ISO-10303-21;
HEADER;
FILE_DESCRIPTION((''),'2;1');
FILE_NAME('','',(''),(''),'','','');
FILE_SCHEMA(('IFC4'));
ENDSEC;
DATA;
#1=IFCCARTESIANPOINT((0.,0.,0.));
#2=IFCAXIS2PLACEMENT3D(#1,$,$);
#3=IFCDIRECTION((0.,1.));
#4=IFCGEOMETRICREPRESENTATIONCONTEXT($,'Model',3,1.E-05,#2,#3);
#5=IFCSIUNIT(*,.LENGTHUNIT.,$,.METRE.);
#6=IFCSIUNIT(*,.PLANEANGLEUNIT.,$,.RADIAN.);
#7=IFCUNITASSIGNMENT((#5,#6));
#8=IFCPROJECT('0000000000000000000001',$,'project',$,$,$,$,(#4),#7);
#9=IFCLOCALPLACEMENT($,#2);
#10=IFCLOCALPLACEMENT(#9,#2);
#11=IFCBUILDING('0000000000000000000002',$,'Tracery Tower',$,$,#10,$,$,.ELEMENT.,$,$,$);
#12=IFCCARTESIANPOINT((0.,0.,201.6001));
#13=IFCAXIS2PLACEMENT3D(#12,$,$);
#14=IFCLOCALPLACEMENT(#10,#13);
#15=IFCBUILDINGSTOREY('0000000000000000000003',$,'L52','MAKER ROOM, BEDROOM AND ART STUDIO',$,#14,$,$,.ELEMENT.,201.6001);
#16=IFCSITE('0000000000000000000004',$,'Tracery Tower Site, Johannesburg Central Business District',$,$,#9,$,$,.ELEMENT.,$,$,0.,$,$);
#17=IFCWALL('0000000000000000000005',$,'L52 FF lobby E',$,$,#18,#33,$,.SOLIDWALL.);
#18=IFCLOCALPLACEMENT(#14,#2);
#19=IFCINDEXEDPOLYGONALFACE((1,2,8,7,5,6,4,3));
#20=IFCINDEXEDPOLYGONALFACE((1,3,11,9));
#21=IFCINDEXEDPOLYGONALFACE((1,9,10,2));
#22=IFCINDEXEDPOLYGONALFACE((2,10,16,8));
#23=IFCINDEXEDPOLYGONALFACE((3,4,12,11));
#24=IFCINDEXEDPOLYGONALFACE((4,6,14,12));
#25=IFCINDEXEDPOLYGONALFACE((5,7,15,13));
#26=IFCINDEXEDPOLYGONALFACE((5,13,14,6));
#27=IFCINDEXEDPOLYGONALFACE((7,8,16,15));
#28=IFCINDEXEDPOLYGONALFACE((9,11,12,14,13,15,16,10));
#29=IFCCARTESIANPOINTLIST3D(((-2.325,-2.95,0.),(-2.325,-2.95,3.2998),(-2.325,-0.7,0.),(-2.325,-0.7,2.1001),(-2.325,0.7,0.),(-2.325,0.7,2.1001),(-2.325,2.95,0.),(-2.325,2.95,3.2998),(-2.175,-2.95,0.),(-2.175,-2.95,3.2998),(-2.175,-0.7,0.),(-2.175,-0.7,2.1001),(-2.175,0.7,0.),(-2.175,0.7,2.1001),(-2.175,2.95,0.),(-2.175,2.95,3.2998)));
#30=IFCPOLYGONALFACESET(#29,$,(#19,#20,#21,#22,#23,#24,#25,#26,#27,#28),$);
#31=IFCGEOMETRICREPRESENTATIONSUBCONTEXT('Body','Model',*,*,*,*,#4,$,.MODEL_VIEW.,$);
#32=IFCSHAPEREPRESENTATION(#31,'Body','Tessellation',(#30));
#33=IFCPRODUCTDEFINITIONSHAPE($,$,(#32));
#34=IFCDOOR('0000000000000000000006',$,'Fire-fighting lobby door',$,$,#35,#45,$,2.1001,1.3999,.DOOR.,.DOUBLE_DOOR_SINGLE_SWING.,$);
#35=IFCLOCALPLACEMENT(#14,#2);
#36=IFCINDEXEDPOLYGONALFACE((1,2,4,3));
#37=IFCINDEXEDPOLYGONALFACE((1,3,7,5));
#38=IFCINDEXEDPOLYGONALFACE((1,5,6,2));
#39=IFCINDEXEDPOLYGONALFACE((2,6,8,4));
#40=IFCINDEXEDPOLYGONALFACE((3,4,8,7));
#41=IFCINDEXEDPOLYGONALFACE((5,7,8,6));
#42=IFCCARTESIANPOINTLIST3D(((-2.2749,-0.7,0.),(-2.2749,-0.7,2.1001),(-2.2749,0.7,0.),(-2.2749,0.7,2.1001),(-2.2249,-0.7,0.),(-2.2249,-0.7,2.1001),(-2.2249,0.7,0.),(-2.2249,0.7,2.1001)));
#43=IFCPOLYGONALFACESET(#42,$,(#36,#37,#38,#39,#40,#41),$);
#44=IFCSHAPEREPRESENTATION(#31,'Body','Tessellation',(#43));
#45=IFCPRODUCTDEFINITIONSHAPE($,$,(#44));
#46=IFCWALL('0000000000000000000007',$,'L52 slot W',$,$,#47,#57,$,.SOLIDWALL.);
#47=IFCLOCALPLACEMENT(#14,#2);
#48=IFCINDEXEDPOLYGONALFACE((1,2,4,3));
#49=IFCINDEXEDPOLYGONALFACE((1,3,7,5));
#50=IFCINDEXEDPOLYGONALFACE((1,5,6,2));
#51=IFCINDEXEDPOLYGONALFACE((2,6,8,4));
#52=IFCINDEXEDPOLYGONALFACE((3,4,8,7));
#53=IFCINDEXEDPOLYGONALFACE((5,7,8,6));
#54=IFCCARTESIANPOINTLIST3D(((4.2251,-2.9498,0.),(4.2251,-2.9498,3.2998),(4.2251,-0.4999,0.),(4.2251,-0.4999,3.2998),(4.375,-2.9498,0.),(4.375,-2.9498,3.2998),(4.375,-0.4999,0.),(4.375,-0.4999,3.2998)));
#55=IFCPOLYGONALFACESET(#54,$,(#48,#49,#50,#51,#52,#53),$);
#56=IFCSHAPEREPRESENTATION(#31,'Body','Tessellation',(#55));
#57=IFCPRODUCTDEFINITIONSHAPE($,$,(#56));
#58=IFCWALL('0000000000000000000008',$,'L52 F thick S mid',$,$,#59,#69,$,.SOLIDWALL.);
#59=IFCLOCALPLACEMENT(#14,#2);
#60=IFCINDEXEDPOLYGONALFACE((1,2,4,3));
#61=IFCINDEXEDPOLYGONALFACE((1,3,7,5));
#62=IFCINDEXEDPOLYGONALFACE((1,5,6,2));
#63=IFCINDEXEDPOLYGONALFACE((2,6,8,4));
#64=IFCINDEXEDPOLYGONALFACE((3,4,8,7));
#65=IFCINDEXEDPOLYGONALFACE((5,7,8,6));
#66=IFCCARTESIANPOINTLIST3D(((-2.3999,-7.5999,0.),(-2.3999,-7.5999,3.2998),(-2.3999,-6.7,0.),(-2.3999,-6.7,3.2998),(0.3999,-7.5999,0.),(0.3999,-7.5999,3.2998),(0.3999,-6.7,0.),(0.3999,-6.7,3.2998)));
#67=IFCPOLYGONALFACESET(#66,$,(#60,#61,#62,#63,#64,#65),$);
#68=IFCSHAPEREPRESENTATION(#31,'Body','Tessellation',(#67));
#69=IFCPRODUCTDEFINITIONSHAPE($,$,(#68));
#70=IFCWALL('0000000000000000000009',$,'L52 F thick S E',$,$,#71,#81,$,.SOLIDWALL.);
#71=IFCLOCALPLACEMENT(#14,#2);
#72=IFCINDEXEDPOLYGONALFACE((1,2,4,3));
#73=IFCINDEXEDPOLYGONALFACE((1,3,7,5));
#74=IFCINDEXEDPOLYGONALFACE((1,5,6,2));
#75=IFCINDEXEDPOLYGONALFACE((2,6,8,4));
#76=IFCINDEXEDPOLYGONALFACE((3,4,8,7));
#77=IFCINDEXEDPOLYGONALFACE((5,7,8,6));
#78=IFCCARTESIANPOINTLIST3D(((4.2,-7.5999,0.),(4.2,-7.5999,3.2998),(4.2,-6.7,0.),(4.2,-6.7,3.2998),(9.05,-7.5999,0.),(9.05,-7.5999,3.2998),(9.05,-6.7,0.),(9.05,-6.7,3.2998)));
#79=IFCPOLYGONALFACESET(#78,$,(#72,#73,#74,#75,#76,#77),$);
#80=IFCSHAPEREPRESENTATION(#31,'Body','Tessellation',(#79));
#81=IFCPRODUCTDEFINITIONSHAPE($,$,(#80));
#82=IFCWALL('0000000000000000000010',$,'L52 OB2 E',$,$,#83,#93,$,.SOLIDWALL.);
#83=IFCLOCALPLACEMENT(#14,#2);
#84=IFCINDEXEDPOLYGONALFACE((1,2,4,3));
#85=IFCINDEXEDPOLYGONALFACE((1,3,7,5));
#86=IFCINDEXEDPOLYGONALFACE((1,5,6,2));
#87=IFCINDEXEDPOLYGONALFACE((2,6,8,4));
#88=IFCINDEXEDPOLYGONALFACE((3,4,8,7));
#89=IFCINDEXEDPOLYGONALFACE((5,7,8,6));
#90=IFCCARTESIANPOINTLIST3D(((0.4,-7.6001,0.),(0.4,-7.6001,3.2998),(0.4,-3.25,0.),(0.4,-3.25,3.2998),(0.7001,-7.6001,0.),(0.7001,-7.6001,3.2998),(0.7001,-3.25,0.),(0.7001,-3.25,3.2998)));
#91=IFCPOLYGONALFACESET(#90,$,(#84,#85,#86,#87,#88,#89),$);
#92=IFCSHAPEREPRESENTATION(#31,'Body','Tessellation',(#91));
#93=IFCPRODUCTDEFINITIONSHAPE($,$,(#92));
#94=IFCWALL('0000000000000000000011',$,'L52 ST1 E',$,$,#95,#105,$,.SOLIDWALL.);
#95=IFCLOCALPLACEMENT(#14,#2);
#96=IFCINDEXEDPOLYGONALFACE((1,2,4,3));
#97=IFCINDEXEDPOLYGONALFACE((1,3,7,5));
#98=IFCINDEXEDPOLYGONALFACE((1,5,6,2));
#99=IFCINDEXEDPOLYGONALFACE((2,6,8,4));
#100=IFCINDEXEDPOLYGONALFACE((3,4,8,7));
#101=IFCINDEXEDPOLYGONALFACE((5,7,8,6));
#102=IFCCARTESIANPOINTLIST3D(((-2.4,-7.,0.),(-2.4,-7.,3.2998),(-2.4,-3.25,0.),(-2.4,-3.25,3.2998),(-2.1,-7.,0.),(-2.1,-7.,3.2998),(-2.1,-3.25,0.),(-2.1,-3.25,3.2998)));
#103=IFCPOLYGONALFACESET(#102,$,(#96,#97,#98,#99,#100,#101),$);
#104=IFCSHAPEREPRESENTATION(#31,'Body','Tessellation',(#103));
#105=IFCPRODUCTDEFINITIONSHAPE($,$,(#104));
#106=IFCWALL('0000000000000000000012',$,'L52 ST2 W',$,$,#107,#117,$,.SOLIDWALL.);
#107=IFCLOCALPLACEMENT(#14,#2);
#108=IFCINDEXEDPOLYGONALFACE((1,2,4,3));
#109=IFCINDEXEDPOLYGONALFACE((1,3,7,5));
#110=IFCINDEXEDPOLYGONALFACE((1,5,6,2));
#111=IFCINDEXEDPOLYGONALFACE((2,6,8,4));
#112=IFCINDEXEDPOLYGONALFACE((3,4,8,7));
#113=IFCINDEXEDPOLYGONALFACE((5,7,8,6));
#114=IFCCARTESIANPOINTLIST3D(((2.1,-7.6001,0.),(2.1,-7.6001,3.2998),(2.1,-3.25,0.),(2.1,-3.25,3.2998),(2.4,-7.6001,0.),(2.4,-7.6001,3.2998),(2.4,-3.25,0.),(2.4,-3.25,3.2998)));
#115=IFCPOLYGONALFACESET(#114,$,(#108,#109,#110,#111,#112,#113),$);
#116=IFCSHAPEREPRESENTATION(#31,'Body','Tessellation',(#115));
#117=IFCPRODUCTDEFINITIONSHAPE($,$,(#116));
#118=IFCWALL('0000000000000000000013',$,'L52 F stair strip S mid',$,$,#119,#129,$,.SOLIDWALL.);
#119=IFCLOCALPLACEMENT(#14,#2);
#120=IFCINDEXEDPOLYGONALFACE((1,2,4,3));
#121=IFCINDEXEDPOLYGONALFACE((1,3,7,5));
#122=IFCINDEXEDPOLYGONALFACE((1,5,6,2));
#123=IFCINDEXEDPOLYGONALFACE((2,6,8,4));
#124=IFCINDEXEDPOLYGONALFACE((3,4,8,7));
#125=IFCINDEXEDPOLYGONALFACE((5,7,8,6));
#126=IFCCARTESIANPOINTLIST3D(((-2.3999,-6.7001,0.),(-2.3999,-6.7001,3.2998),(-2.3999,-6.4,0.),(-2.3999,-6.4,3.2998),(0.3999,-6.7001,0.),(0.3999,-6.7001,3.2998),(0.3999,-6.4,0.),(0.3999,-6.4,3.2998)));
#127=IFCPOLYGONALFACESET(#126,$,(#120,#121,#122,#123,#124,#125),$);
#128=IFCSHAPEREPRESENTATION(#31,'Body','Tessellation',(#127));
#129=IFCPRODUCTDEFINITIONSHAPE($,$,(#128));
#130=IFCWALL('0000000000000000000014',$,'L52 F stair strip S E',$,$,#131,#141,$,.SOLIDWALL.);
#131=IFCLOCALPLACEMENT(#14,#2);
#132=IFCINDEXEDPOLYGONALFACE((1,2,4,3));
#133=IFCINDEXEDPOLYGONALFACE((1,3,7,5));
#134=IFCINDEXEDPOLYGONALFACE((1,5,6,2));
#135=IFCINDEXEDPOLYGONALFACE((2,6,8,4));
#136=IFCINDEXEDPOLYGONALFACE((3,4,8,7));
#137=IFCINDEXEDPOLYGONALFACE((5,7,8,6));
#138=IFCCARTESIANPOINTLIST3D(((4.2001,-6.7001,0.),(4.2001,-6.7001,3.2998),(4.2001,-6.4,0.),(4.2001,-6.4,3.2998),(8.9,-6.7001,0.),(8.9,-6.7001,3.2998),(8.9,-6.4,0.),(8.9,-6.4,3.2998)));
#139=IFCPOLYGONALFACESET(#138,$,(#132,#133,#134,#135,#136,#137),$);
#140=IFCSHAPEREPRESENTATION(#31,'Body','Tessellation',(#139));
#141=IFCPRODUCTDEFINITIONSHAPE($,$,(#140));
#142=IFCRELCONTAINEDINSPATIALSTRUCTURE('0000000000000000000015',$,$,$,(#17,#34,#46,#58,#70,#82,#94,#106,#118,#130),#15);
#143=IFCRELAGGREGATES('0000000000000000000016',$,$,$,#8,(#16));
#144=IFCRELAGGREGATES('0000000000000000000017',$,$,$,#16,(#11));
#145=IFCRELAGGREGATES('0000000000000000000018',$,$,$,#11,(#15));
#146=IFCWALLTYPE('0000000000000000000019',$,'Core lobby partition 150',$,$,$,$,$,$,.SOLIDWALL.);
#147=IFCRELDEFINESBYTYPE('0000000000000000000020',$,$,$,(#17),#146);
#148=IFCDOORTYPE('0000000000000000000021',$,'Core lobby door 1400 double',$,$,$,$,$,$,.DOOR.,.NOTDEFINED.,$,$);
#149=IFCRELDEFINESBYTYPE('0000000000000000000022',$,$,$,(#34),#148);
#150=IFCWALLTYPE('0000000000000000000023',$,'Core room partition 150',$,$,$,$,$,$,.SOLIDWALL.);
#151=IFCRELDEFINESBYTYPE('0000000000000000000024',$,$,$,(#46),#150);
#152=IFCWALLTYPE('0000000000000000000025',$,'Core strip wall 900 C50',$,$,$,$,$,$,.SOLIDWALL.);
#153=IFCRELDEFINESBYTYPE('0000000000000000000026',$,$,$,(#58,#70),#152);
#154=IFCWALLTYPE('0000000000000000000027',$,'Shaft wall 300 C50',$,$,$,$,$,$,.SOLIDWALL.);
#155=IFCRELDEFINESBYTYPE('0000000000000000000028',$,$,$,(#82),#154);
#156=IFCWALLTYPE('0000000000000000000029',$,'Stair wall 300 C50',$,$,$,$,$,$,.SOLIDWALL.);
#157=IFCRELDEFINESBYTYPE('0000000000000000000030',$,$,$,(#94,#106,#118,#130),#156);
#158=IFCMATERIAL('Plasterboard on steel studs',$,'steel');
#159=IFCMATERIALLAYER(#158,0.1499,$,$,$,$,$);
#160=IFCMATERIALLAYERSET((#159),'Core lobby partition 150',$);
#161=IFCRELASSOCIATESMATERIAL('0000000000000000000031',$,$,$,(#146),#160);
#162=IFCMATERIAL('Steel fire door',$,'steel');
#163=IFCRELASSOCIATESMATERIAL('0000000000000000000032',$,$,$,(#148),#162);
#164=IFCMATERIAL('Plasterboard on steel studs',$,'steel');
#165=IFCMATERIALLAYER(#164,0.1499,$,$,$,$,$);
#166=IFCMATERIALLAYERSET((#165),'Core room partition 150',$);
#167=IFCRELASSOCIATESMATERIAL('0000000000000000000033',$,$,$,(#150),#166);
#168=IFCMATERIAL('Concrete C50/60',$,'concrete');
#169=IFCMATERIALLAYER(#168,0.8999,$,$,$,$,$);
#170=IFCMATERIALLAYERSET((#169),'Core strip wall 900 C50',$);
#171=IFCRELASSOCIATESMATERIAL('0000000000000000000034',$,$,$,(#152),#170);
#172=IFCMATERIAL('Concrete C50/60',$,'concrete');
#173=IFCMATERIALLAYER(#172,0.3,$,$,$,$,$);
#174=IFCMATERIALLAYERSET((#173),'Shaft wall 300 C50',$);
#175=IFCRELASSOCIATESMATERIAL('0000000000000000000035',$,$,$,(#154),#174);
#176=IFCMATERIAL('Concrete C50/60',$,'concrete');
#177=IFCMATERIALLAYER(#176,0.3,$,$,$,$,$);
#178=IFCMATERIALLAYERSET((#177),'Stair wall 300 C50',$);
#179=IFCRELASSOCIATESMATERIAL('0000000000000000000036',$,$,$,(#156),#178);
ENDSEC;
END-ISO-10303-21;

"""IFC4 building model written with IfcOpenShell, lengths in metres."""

from ifc_helpers import new_model, si_unit, direction, frame, frame_2d, origin, place, context, subcontext, project, spatial, rectangle, extrude, material, layer, layer_set, type_object, element, fill, save


model = new_model("IFC4")

# Units and contexts
model_context = context("Model", 3, precision=1e-05, world=origin(), true_north=direction((0.0, 1.0)))
body_context = subcontext(model_context, "Body", "Model", "MODEL_VIEW")
ifc_project = project(units=[si_unit("LENGTHUNIT", "METRE"), si_unit("PLANEANGLEUNIT", "RADIAN")], contexts=[model_context])

# Site, building, storey
site_placement = place(None, origin())
site = spatial("IfcSite", under=ifc_project, at=site_placement, Name="Tracery Tower Site, Johannesburg Central Business District", CompositionType="ELEMENT", RefElevation=0.0)
building_placement = place(site_placement, origin())
building = spatial("IfcBuilding", under=site, at=building_placement, Name="Tracery Tower", CompositionType="ELEMENT")
storey_placement = place(building_placement, frame((0.0, 0.0, 201.6001)))
storey = spatial("IfcBuildingStorey", under=building, at=storey_placement, Name="L52", Description="MAKER ROOM, BEDROOM AND ART STUDIO", CompositionType="ELEMENT", Elevation=201.6001)

# Wall, opening, door
ifc_material_1 = material(Name="Plasterboard on steel studs", Category="steel")
ifc_layer_1 = layer(ifc_material_1, 0.1499)
ifc_layer_set_1 = layer_set([ifc_layer_1], Name="Core lobby partition 150")
wall_type_1 = type_object("IfcWallType", Name="Core lobby partition 150", PredefinedType="SOLIDWALL", material=ifc_layer_set_1)
wall_1_placement = place(storey_placement, frame((-2.25, -2.95, 0.0), z_axis=(0.0, 0.0, 1.0), x_axis=(0.0, 1.0, 0.0)))
wall_1 = element("IfcWall", 1, at=wall_1_placement, inside=storey, type_object=wall_type_1, Name="L52 FF lobby E", PredefinedType="SOLIDWALL", context=body_context, shape_type="SweptSolid", body=[
    extrude(rectangle(XDim=5.8999, YDim=0.1499, at=frame_2d((2.95, 0.0))), origin(), (0.0, 0.0, 1.0), 3.2998),
])
opening_1_placement = place(wall_1_placement, frame((2.25, 0.0, 0.0)))
opening_1 = element("IfcOpeningElement", 2, at=opening_1_placement, cuts=wall_1, PredefinedType="OPENING", context=body_context, shape_type="SweptSolid", body=[
    extrude(rectangle(XDim=1.3999, YDim=2.1001, at=frame_2d((0.7, 1.05))), frame((0.0, 0.075, 0.0), z_axis=(0.0, -1.0, 0.0), x_axis=(1.0, 0.0, 0.0)), (0.0, 0.0, 1.0), 0.1499),
])
ifc_material_2 = material(Name="Steel fire door", Category="steel")
door_type_1 = type_object("IfcDoorType", Name="Core lobby door 1400 double", OperationType="NOTDEFINED", PredefinedType="DOOR", material=ifc_material_2)
door_1_placement = place(opening_1_placement, origin())
door_1 = element("IfcDoor", 3, at=door_1_placement, inside=storey, type_object=door_type_1, Name="Fire-fighting lobby door", OperationType="DOUBLE_DOOR_SINGLE_SWING", OverallHeight=2.1001, OverallWidth=1.3999, PredefinedType="DOOR", context=body_context, shape_type="SweptSolid", body=[
    extrude(rectangle(XDim=1.3999, YDim=2.1001, at=frame_2d((0.7, 1.05))), frame((0.0, 0.0249, 0.0), z_axis=(0.0, -1.0, 0.0), x_axis=(1.0, 0.0, 0.0)), (0.0, 0.0, 1.0), 0.05),
])
fill(opening_1, door_1)

# Walls
ifc_material_3 = material(Name="Plasterboard on steel studs", Category="steel")
ifc_layer_2 = layer(ifc_material_3, 0.1499)
ifc_layer_set_2 = layer_set([ifc_layer_2], Name="Core room partition 150")
wall_type_2 = type_object("IfcWallType", Name="Core room partition 150", PredefinedType="SOLIDWALL", material=ifc_layer_set_2)
wall_2_placement = place(storey_placement, frame((4.3, -2.95, 0.0), z_axis=(0.0, 0.0, 1.0), x_axis=(0.0, 1.0, 0.0)))
element("IfcWall", 4, at=wall_2_placement, inside=storey, type_object=wall_type_2, Name="L52 slot W", PredefinedType="SOLIDWALL", context=body_context, shape_type="SweptSolid", body=[
    extrude(rectangle(XDim=2.45, YDim=0.1499, at=frame_2d((1.2251, 0.0))), origin(), (0.0, 0.0, 1.0), 3.2998),
])
ifc_material_4 = material(Name="Concrete C50/60", Category="concrete")
ifc_layer_3 = layer(ifc_material_4, 0.8999)
ifc_layer_set_3 = layer_set([ifc_layer_3], Name="Core strip wall 900 C50")
wall_type_3 = type_object("IfcWallType", Name="Core strip wall 900 C50", PredefinedType="SOLIDWALL", material=ifc_layer_set_3)
wall_3_placement = place(storey_placement, frame((-2.3999, -7.1499, 0.0), z_axis=(0.0, 0.0, 1.0), x_axis=(1.0, 0.0, 0.0)))
element("IfcWall", 5, at=wall_3_placement, inside=storey, type_object=wall_type_3, Name="L52 F thick S mid", PredefinedType="SOLIDWALL", context=body_context, shape_type="SweptSolid", body=[
    extrude(rectangle(XDim=2.7998, YDim=0.8999, at=frame_2d((1.3999, 0.0))), origin(), (0.0, 0.0, 1.0), 3.2998),
])
wall_4_placement = place(storey_placement, frame((4.2, -7.1499, 0.0), z_axis=(0.0, 0.0, 1.0), x_axis=(1.0, 0.0, 0.0)))
element("IfcWall", 6, at=wall_4_placement, inside=storey, type_object=wall_type_3, Name="L52 F thick S E", PredefinedType="SOLIDWALL", context=body_context, shape_type="SweptSolid", body=[
    extrude(rectangle(XDim=4.8501, YDim=0.8999, at=frame_2d((2.425, 0.0))), origin(), (0.0, 0.0, 1.0), 3.2998),
])
ifc_material_5 = material(Name="Concrete C50/60", Category="concrete")
ifc_layer_4 = layer(ifc_material_5, 0.3)
ifc_layer_set_4 = layer_set([ifc_layer_4], Name="Shaft wall 300 C50")
wall_type_4 = type_object("IfcWallType", Name="Shaft wall 300 C50", PredefinedType="SOLIDWALL", material=ifc_layer_set_4)
wall_5_placement = place(storey_placement, frame((0.55, -7.6001, 0.0), z_axis=(0.0, 0.0, 1.0), x_axis=(0.0, 1.0, 0.0)))
element("IfcWall", 7, at=wall_5_placement, inside=storey, type_object=wall_type_4, Name="L52 OB2 E", PredefinedType="SOLIDWALL", context=body_context, shape_type="SweptSolid", body=[
    extrude(rectangle(XDim=4.3501, YDim=0.3, at=frame_2d((2.175, 0.0))), origin(), (0.0, 0.0, 1.0), 3.2998),
])

# Shared definitions
ifc_material_6 = material(Name="Concrete C50/60", Category="concrete")
ifc_layer_5 = layer(ifc_material_6, 0.3)
ifc_layer_set_5 = layer_set([ifc_layer_5], Name="Stair wall 300 C50")
wall_type_5 = type_object("IfcWallType", Name="Stair wall 300 C50", PredefinedType="SOLIDWALL", material=ifc_layer_set_5)

# Walls
wall_6_placement = place(storey_placement, frame((-2.25, -7.0, 0.0), z_axis=(0.0, 0.0, 1.0), x_axis=(0.0, 1.0, 0.0)))
element("IfcWall", 8, at=wall_6_placement, inside=storey, type_object=wall_type_5, Name="L52 ST1 E", PredefinedType="SOLIDWALL", context=body_context, shape_type="SweptSolid", body=[
    extrude(rectangle(XDim=3.75, YDim=0.3, at=frame_2d((1.875, 0.0))), origin(), (0.0, 0.0, 1.0), 3.2998),
])
wall_7_placement = place(storey_placement, frame((2.25, -7.6001, 0.0), z_axis=(0.0, 0.0, 1.0), x_axis=(0.0, 1.0, 0.0)))
element("IfcWall", 9, at=wall_7_placement, inside=storey, type_object=wall_type_5, Name="L52 ST2 W", PredefinedType="SOLIDWALL", context=body_context, shape_type="SweptSolid", body=[
    extrude(rectangle(XDim=4.3501, YDim=0.3, at=frame_2d((2.175, 0.0))), origin(), (0.0, 0.0, 1.0), 3.2998),
])
wall_8_placement = place(storey_placement, frame((-2.3999, -6.55, 0.0), z_axis=(0.0, 0.0, 1.0), x_axis=(1.0, 0.0, 0.0)))
element("IfcWall", 10, at=wall_8_placement, inside=storey, type_object=wall_type_5, Name="L52 F stair strip S mid", PredefinedType="SOLIDWALL", context=body_context, shape_type="SweptSolid", body=[
    extrude(rectangle(XDim=2.7998, YDim=0.3, at=frame_2d((1.3999, 0.0))), origin(), (0.0, 0.0, 1.0), 3.2998),
])
wall_9_placement = place(storey_placement, frame((4.2, -6.55, 0.0), z_axis=(0.0, 0.0, 1.0), x_axis=(1.0, 0.0, 0.0)))
element("IfcWall", 11, at=wall_9_placement, inside=storey, type_object=wall_type_5, Name="L52 F stair strip S E", PredefinedType="SOLIDWALL", context=body_context, shape_type="SweptSolid", body=[
    extrude(rectangle(XDim=4.7, YDim=0.3, at=frame_2d((2.3501, 0.0))), origin(), (0.0, 0.0, 1.0), 3.2998),
])

save(model, "model.ifc")
